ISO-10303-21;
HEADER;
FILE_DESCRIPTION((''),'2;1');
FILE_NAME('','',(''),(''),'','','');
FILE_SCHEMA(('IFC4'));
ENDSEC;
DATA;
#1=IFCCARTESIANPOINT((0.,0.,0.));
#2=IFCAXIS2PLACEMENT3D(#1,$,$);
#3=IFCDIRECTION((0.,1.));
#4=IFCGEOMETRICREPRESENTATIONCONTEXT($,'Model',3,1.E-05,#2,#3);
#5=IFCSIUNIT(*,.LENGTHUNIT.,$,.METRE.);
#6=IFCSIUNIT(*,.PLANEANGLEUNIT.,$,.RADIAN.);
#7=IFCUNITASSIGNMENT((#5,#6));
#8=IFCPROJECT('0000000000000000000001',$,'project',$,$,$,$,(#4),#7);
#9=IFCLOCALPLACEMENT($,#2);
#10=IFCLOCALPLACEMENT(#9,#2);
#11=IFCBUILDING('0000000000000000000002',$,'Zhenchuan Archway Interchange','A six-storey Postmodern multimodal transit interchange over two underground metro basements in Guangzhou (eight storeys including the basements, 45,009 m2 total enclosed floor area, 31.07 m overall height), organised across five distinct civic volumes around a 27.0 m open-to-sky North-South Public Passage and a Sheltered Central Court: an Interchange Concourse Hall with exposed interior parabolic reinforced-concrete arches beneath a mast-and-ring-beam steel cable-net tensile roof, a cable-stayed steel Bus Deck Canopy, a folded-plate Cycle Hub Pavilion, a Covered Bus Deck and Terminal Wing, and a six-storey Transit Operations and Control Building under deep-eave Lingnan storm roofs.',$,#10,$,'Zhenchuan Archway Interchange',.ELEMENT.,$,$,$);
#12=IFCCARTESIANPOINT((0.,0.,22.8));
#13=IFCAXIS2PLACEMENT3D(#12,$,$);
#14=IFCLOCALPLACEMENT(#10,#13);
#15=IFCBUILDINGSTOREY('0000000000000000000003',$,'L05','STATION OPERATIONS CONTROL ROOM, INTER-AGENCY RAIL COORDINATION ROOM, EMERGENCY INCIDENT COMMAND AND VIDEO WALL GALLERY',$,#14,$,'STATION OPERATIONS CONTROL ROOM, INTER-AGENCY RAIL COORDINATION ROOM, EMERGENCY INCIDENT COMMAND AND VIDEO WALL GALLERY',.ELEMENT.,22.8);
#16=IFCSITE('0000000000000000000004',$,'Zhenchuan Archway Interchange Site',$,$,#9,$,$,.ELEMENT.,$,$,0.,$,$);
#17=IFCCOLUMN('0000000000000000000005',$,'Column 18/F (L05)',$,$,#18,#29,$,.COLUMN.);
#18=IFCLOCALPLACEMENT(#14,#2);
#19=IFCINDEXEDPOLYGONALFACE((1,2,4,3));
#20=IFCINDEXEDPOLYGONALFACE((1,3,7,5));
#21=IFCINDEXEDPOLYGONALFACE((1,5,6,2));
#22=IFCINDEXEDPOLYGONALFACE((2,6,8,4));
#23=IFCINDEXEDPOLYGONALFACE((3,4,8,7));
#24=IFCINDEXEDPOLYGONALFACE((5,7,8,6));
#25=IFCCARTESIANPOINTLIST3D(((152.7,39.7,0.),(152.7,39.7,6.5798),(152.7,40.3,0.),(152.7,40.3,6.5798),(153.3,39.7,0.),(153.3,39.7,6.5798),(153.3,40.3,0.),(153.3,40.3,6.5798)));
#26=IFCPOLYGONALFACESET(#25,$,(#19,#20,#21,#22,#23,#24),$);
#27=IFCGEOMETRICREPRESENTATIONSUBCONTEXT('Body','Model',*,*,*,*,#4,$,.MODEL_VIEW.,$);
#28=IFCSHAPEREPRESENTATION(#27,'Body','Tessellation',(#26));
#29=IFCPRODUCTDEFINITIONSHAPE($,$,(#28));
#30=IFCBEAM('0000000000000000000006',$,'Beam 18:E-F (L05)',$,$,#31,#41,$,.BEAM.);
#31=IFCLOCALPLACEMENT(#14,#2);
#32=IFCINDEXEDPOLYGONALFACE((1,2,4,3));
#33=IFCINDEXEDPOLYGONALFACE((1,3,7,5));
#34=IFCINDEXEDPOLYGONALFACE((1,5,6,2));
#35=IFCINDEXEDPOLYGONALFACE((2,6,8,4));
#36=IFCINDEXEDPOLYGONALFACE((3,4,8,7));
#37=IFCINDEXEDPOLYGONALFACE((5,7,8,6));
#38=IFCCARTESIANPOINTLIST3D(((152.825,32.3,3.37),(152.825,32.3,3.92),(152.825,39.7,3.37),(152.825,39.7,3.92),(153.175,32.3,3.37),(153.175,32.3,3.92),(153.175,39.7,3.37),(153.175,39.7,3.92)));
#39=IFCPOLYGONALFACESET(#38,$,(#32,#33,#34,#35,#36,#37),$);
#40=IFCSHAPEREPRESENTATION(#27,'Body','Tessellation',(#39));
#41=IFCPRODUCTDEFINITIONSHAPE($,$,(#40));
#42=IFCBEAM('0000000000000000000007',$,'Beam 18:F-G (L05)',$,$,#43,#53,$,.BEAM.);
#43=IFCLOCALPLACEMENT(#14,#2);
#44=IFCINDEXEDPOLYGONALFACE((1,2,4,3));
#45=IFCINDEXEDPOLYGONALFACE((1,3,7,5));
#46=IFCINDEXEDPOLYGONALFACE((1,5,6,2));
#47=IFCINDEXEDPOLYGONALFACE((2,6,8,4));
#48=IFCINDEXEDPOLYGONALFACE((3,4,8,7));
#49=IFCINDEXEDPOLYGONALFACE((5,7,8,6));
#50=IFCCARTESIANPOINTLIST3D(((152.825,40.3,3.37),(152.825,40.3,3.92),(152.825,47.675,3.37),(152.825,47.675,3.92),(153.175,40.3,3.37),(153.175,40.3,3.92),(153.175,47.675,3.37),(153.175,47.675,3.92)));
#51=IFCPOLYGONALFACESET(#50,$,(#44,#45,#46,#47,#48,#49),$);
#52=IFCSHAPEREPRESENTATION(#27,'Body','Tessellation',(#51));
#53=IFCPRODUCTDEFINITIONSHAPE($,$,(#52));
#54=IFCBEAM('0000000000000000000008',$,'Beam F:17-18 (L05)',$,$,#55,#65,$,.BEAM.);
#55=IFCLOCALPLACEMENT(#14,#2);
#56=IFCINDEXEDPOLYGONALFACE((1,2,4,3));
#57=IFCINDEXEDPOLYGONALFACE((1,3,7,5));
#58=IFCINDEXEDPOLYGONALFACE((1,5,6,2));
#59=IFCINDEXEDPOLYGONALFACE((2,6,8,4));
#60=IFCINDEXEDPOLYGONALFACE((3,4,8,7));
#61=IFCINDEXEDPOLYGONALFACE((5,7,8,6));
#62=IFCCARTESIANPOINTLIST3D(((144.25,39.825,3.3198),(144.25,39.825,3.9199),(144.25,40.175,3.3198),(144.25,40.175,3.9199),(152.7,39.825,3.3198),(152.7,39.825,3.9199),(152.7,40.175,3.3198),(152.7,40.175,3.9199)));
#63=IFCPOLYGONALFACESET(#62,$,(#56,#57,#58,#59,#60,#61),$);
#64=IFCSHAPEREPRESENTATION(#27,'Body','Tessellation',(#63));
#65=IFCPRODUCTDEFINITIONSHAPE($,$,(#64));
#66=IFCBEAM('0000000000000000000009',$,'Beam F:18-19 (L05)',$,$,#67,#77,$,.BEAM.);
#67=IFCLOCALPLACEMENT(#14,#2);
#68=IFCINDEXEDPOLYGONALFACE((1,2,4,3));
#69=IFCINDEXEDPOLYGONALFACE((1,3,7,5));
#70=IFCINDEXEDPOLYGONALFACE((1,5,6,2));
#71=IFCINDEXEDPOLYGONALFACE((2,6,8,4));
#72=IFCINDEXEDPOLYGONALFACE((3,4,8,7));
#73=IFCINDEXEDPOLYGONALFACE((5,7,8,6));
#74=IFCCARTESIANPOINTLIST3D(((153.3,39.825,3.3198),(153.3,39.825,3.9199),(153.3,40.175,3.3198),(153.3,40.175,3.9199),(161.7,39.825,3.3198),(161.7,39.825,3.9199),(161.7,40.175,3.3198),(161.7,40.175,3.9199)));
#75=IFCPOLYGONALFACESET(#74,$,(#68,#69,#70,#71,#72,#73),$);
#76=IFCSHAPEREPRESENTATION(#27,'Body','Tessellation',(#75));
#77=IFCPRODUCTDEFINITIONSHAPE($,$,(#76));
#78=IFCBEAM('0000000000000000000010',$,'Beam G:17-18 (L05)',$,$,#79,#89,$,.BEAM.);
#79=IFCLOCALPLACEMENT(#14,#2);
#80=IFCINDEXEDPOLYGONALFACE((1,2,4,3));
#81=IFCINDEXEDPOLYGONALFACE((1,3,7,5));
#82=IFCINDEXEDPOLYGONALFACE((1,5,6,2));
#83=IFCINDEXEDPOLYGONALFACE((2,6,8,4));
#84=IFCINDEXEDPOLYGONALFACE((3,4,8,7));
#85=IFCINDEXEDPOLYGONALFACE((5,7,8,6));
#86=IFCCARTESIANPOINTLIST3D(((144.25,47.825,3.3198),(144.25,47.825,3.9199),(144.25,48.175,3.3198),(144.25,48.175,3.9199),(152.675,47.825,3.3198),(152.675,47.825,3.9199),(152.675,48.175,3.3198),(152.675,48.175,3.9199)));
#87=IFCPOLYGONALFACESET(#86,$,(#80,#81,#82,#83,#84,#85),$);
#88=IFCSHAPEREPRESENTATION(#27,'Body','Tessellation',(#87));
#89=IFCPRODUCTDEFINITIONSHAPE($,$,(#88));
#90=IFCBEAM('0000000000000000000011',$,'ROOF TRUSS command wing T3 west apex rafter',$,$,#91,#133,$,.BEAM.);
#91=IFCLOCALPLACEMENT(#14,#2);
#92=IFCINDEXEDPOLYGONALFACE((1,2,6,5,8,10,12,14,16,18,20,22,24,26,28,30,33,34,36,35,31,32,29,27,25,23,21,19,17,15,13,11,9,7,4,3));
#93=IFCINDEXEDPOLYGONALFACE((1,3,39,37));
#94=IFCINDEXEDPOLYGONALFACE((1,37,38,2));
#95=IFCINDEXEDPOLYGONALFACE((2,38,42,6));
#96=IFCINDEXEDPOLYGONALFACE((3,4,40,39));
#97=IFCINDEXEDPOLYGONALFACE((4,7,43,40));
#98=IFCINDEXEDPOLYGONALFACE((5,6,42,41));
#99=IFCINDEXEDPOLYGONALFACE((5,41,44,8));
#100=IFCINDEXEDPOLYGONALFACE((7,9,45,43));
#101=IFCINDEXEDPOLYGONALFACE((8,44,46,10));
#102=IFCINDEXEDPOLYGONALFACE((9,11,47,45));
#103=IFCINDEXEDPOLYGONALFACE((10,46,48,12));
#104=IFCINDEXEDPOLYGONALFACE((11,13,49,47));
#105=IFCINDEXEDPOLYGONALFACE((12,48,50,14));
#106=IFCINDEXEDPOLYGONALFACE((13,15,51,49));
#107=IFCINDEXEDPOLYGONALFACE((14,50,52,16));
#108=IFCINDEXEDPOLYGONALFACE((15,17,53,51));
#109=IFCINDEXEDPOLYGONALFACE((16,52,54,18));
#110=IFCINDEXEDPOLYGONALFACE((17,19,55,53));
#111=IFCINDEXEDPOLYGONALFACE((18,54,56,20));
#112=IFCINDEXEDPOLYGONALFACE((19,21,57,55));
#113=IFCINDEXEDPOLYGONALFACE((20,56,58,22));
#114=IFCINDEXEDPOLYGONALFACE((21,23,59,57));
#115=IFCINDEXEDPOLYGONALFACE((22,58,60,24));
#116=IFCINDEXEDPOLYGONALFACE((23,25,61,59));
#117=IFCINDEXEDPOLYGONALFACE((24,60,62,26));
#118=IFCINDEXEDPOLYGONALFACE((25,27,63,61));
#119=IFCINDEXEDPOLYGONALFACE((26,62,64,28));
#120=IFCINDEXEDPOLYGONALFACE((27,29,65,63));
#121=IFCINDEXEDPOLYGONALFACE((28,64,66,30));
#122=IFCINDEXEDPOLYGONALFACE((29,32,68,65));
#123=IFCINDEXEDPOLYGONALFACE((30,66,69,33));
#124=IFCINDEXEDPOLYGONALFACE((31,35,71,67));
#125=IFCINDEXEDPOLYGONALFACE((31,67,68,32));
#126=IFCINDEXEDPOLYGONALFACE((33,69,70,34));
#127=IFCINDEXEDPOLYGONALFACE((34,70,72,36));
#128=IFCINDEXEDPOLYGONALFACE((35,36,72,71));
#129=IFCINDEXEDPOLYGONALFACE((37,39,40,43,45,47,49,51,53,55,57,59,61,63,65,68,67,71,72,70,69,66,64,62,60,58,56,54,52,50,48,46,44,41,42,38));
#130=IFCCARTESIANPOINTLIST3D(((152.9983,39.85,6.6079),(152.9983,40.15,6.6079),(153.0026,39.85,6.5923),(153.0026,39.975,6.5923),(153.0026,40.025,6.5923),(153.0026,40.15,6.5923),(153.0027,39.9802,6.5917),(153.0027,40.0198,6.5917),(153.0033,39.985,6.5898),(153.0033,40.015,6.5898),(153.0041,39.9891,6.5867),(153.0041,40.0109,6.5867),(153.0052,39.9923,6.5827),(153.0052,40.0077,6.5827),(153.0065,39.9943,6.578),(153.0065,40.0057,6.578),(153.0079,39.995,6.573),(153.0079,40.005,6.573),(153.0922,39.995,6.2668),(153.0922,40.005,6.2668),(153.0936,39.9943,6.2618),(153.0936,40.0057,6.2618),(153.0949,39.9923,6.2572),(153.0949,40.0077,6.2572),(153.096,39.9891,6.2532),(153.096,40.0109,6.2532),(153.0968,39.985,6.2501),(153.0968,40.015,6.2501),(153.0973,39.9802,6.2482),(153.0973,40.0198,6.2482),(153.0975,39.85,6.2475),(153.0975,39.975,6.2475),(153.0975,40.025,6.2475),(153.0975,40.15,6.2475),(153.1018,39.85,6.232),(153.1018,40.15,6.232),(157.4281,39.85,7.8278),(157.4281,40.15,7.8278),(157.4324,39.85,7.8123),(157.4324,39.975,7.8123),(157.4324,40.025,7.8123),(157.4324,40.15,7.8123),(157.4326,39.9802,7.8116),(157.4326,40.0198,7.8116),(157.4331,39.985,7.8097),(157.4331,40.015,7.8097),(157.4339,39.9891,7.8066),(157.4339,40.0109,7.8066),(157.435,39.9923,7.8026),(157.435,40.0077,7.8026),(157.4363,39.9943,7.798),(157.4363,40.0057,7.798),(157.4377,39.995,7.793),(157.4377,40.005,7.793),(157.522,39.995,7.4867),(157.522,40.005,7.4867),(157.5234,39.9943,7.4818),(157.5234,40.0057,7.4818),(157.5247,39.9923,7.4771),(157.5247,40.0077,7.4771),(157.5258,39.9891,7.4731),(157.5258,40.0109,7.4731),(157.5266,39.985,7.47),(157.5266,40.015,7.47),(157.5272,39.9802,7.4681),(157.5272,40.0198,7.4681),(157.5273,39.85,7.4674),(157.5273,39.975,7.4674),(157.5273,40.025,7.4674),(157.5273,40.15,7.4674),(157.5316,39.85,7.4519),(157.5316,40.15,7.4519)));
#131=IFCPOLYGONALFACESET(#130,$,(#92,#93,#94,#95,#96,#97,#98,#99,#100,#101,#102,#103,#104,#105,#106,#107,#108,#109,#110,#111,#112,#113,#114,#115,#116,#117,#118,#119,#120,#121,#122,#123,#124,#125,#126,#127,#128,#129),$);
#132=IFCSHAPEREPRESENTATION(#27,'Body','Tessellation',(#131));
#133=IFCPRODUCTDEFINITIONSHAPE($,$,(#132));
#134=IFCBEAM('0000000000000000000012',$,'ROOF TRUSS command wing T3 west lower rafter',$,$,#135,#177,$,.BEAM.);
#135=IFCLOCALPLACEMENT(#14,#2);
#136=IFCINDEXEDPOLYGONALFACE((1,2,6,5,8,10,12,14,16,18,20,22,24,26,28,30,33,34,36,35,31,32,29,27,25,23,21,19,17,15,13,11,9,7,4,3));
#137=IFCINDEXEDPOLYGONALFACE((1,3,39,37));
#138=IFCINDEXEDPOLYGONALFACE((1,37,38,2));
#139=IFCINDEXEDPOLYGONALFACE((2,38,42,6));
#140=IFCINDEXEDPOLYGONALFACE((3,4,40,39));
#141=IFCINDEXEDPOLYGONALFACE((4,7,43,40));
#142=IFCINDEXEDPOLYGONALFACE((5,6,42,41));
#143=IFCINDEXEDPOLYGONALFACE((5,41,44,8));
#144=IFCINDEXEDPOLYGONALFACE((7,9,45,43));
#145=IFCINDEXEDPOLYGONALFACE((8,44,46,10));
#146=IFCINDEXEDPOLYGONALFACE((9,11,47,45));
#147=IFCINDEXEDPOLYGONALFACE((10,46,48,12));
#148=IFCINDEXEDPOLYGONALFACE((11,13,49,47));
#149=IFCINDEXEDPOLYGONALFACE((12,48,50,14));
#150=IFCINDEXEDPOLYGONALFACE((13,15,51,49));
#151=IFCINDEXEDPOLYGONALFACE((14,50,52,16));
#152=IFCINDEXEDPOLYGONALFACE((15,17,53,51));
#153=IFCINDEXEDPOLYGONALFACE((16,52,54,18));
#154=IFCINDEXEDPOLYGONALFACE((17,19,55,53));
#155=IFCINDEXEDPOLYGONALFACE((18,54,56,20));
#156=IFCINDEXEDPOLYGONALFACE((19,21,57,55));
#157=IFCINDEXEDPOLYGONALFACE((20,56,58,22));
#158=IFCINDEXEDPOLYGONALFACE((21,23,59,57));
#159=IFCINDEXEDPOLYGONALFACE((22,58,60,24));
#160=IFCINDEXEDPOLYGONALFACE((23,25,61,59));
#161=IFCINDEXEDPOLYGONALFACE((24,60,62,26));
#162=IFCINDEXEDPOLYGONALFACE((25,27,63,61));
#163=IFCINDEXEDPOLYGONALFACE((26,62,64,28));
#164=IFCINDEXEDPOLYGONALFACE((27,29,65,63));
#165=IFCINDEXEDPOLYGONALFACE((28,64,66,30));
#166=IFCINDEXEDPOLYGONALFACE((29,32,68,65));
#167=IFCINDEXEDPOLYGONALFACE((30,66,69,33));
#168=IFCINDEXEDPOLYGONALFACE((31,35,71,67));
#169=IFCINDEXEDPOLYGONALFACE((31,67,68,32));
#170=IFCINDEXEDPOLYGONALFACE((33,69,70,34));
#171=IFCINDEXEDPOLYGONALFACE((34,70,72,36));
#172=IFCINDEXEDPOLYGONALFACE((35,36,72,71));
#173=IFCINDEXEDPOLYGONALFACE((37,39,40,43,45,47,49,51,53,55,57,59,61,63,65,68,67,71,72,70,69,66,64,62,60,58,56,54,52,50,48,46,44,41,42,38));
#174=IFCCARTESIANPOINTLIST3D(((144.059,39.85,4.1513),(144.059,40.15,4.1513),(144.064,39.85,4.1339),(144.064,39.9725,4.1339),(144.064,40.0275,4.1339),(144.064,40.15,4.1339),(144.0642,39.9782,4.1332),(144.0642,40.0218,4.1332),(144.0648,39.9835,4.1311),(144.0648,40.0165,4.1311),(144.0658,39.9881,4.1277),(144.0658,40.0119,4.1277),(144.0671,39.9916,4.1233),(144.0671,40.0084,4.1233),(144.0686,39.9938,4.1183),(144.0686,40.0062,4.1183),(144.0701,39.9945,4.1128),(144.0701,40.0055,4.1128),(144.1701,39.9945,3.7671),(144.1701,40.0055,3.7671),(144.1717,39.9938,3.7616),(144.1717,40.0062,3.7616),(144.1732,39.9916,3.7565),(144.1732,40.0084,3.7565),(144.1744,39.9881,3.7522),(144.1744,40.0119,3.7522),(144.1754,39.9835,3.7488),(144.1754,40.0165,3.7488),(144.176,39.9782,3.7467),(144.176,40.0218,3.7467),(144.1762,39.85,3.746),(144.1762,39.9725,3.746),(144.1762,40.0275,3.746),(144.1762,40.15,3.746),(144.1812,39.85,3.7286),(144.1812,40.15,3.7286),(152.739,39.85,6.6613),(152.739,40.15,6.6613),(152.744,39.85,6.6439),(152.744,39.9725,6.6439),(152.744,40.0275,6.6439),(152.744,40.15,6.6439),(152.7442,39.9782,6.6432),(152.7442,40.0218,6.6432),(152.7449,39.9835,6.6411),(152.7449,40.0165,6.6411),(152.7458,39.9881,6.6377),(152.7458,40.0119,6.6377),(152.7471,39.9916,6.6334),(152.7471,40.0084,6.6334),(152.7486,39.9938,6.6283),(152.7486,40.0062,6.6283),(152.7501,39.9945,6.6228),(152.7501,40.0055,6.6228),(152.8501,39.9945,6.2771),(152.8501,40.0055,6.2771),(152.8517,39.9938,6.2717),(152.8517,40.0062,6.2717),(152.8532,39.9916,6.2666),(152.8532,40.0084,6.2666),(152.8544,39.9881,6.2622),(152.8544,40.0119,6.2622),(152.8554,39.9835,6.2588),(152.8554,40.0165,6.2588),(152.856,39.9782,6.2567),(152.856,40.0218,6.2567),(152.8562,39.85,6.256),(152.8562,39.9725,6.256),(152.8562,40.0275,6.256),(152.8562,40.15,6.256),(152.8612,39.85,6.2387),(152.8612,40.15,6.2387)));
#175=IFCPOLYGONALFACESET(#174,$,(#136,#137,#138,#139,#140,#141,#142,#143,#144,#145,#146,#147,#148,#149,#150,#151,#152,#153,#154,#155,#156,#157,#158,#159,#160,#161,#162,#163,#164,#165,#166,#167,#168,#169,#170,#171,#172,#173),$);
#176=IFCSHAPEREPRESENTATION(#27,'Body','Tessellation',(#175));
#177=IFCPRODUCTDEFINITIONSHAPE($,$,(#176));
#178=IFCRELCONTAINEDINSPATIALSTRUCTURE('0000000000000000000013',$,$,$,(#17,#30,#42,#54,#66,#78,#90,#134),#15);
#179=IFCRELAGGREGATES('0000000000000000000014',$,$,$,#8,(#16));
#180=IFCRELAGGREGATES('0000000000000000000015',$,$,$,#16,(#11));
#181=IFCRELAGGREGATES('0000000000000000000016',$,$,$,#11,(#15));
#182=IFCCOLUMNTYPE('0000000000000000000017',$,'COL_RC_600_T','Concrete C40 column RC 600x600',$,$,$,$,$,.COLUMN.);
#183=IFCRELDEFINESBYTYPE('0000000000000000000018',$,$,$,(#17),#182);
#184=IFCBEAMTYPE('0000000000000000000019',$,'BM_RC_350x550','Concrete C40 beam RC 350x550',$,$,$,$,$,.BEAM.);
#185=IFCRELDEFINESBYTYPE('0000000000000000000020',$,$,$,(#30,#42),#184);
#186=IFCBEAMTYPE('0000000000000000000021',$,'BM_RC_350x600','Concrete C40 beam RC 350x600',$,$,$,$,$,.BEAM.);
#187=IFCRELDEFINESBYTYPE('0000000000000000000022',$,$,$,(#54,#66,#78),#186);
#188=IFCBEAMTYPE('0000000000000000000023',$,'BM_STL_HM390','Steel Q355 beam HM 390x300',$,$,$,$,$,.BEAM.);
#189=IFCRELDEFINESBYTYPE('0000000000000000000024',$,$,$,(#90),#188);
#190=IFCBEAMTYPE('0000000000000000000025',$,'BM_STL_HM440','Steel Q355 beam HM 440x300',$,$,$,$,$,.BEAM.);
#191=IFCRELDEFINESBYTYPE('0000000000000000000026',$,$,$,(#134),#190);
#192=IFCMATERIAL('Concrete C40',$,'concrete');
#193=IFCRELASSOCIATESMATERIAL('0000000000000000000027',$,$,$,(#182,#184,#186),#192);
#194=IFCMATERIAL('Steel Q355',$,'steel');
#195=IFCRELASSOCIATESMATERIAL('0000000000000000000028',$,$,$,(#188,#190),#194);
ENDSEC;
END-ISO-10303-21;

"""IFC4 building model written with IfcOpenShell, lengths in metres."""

from ifc_helpers import new_model, si_unit, direction, frame, origin, origin_2d, place, context, subcontext, project, spatial, rectangle, i_section, extrude, material, material_profile, profile_set, type_object, element, save


model = new_model("IFC4")

# Units and contexts
model_context = context("Model", 3, precision=1e-05, world=origin(), true_north=direction((0.0, 1.0)))
body_context = subcontext(model_context, "Body", "Model", "MODEL_VIEW")
ifc_project = project(units=[si_unit("LENGTHUNIT", "METRE"), si_unit("PLANEANGLEUNIT", "RADIAN")], contexts=[model_context])

# Site, building, storey
site_placement = place(None, origin())
site = spatial("IfcSite", under=ifc_project, at=site_placement, Name="Zhenchuan Archway Interchange Site", CompositionType="ELEMENT", RefElevation=0.0)
building_placement = place(site_placement, origin())
building = spatial("IfcBuilding", under=site, at=building_placement, Name="Zhenchuan Archway Interchange", Description="A six-storey Postmodern multimodal transit interchange over two underground metro basements in Guangzhou (eight storeys including the basements, 45,009 m2 total enclosed floor area, 31.07 m overall height), organised across five distinct civic volumes around a 27.0 m open-to-sky North-South Public Passage and a Sheltered Central Court: an Interchange Concourse Hall with exposed interior parabolic reinforced-concrete arches beneath a mast-and-ring-beam steel cable-net tensile roof, a cable-stayed steel Bus Deck Canopy, a folded-plate Cycle Hub Pavilion, a Covered Bus Deck and Terminal Wing, and a six-storey Transit Operations and Control Building under deep-eave Lingnan storm roofs.", LongName="Zhenchuan Archway Interchange", CompositionType="ELEMENT")
storey_placement = place(building_placement, frame((0.0, 0.0, 22.8)))
storey = spatial("IfcBuildingStorey", under=building, at=storey_placement, Name="L05", Description="STATION OPERATIONS CONTROL ROOM, INTER-AGENCY RAIL COORDINATION ROOM, EMERGENCY INCIDENT COMMAND AND VIDEO WALL GALLERY", LongName="STATION OPERATIONS CONTROL ROOM, INTER-AGENCY RAIL COORDINATION ROOM, EMERGENCY INCIDENT COMMAND AND VIDEO WALL GALLERY", CompositionType="ELEMENT", Elevation=22.8)

# Column
ifc_material_1 = material(Name="Concrete C40", Category="concrete")
ifc_material_profile_1 = material_profile(ifc_material_1, rectangle(XDim=0.6001, YDim=0.6001, at=origin_2d()), Name="RC 600x600")
ifc_profile_set_1 = profile_set([ifc_material_profile_1], Name="Concrete C40")
column_type = type_object("IfcColumnType", Name="COL_RC_600_T", Description="Concrete C40 column RC 600x600", PredefinedType="COLUMN", material=ifc_profile_set_1)
column_placement = place(storey_placement, frame((153.0, 40.0, 0.0), z_axis=(0.0, 0.0, 1.0), x_axis=(1.0, 0.0, 0.0)))
element("IfcColumn", 1, at=column_placement, inside=storey, type_object=column_type, Name="Column 18/F (L05)", PredefinedType="COLUMN", context=body_context, shape_type="SweptSolid", body=[
    extrude(rectangle(XDim=0.6001, YDim=0.6001, at=origin_2d()), origin(), (0.0, 0.0, 1.0), 6.5798),
])

# Beams
ifc_material_profile_2 = material_profile(ifc_material_1, rectangle(XDim=0.3501, YDim=0.55, at=origin_2d()), Name="RC 350x550")
ifc_profile_set_2 = profile_set([ifc_material_profile_2], Name="Concrete C40")
beam_type_1 = type_object("IfcBeamType", Name="BM_RC_350x550", Description="Concrete C40 beam RC 350x550", PredefinedType="BEAM", material=ifc_profile_set_2)
beam_1_placement = place(storey_placement, frame((153.0, 32.3, 3.645), z_axis=(0.0, 1.0, 0.0), x_axis=(-1.0, 0.0, 0.0)))
element("IfcBeam", 2, at=beam_1_placement, inside=storey, type_object=beam_type_1, Name="Beam 18:E-F (L05)", PredefinedType="BEAM", context=body_context, shape_type="SweptSolid", body=[
    extrude(rectangle(XDim=0.3501, YDim=0.55, at=origin_2d()), origin(), (0.0, 0.0, 1.0), 7.3999),
])
beam_2_placement = place(storey_placement, frame((153.0, 40.3, 3.645), z_axis=(0.0, 1.0, 0.0), x_axis=(-1.0, 0.0, 0.0)))
element("IfcBeam", 3, at=beam_2_placement, inside=storey, type_object=beam_type_1, Name="Beam 18:F-G (L05)", PredefinedType="BEAM", context=body_context, shape_type="SweptSolid", body=[
    extrude(rectangle(XDim=0.3501, YDim=0.55, at=origin_2d()), origin(), (0.0, 0.0, 1.0), 7.375),
])
ifc_material_profile_3 = material_profile(ifc_material_1, rectangle(XDim=0.3501, YDim=0.6001, at=origin_2d()), Name="RC 350x600")
ifc_profile_set_3 = profile_set([ifc_material_profile_3], Name="Concrete C40")
beam_type_2 = type_object("IfcBeamType", Name="BM_RC_350x600", Description="Concrete C40 beam RC 350x600", PredefinedType="BEAM", material=ifc_profile_set_3)
beam_3_placement = place(storey_placement, frame((144.25, 40.0, 3.6199), z_axis=(1.0, 0.0, 0.0), x_axis=(0.0, 1.0, 0.0)))
element("IfcBeam", 4, at=beam_3_placement, inside=storey, type_object=beam_type_2, Name="Beam F:17-18 (L05)", PredefinedType="BEAM", context=body_context, shape_type="SweptSolid", body=[
    extrude(rectangle(XDim=0.3501, YDim=0.6001, at=origin_2d()), origin(), (0.0, 0.0, 1.0), 8.45),
])
beam_4_placement = place(storey_placement, frame((153.3, 40.0, 3.6199), z_axis=(1.0, 0.0, 0.0), x_axis=(0.0, 1.0, 0.0)))
element("IfcBeam", 5, at=beam_4_placement, inside=storey, type_object=beam_type_2, Name="Beam F:18-19 (L05)", PredefinedType="BEAM", context=body_context, shape_type="SweptSolid", body=[
    extrude(rectangle(XDim=0.3501, YDim=0.6001, at=origin_2d()), origin(), (0.0, 0.0, 1.0), 8.3999),
])
beam_5_placement = place(storey_placement, frame((144.25, 48.0, 3.6199), z_axis=(1.0, 0.0, 0.0), x_axis=(0.0, 1.0, 0.0)))
element("IfcBeam", 6, at=beam_5_placement, inside=storey, type_object=beam_type_2, Name="Beam G:17-18 (L05)", PredefinedType="BEAM", context=body_context, shape_type="SweptSolid", body=[
    extrude(rectangle(XDim=0.3501, YDim=0.6001, at=origin_2d()), origin(), (0.0, 0.0, 1.0), 8.425),
])
ifc_material_2 = material(Name="Steel Q355", Category="steel")
ifc_material_profile_4 = material_profile(ifc_material_2, i_section(OverallWidth=0.3, OverallDepth=0.3899, WebThickness=0.01, FlangeThickness=0.0161, FilletRadius=0.02, at=origin_2d()), Name="HM 390x300")
ifc_profile_set_4 = profile_set([ifc_material_profile_4], Name="Steel Q355")
beam_type_3 = type_object("IfcBeamType", Name="BM_STL_HM390", Description="Steel Q355 beam HM 390x300", PredefinedType="BEAM", material=ifc_profile_set_4)
beam_6_placement = place(storey_placement, frame((153.05, 40.0, 6.4199), z_axis=(0.964109, 0.0, 0.265508), x_axis=(0.0, 1.0, 0.0)))
element("IfcBeam", 7, at=beam_6_placement, inside=storey, type_object=beam_type_3, Name="ROOF TRUSS command wing T3 west apex rafter", PredefinedType="BEAM", context=body_context, shape_type="SweptSolid", body=[
    extrude(i_section(OverallWidth=0.3, OverallDepth=0.3899, WebThickness=0.01, FlangeThickness=0.0161, FilletRadius=0.02, at=origin_2d()), origin(), (0.0, 0.0, 1.0), 4.5947),
])
ifc_material_profile_5 = material_profile(ifc_material_2, i_section(OverallWidth=0.3, OverallDepth=0.4399, WebThickness=0.011, FlangeThickness=0.0181, FilletRadius=0.022, at=origin_2d()), Name="HM 440x300")
ifc_profile_set_5 = profile_set([ifc_material_profile_5], Name="Steel Q355")
beam_type_4 = type_object("IfcBeamType", Name="BM_STL_HM440", Description="Steel Q355 beam HM 440x300", PredefinedType="BEAM", material=ifc_profile_set_5)
for number, where, z_axis, x_axis, name in (
    (8, (144.1201, 40.0, 3.9399), (0.960641, 0.0, 0.277792), (0.0, 1.0, 0.0), "ROOF TRUSS command wing T3 west lower rafter"),
):
    element("IfcBeam", number, at=place(storey_placement, frame(where, z_axis=z_axis, x_axis=x_axis)), inside=storey, type_object=beam_type_4, Name=name, PredefinedType="BEAM", context=body_context, shape_type="SweptSolid", body=[
        extrude(i_section(OverallWidth=0.3, OverallDepth=0.4399, WebThickness=0.011, FlangeThickness=0.0181, FilletRadius=0.022, at=origin_2d()), origin(), (0.0, 0.0, 1.0), 9.0356),
    ])

save(model, "model.ifc")
